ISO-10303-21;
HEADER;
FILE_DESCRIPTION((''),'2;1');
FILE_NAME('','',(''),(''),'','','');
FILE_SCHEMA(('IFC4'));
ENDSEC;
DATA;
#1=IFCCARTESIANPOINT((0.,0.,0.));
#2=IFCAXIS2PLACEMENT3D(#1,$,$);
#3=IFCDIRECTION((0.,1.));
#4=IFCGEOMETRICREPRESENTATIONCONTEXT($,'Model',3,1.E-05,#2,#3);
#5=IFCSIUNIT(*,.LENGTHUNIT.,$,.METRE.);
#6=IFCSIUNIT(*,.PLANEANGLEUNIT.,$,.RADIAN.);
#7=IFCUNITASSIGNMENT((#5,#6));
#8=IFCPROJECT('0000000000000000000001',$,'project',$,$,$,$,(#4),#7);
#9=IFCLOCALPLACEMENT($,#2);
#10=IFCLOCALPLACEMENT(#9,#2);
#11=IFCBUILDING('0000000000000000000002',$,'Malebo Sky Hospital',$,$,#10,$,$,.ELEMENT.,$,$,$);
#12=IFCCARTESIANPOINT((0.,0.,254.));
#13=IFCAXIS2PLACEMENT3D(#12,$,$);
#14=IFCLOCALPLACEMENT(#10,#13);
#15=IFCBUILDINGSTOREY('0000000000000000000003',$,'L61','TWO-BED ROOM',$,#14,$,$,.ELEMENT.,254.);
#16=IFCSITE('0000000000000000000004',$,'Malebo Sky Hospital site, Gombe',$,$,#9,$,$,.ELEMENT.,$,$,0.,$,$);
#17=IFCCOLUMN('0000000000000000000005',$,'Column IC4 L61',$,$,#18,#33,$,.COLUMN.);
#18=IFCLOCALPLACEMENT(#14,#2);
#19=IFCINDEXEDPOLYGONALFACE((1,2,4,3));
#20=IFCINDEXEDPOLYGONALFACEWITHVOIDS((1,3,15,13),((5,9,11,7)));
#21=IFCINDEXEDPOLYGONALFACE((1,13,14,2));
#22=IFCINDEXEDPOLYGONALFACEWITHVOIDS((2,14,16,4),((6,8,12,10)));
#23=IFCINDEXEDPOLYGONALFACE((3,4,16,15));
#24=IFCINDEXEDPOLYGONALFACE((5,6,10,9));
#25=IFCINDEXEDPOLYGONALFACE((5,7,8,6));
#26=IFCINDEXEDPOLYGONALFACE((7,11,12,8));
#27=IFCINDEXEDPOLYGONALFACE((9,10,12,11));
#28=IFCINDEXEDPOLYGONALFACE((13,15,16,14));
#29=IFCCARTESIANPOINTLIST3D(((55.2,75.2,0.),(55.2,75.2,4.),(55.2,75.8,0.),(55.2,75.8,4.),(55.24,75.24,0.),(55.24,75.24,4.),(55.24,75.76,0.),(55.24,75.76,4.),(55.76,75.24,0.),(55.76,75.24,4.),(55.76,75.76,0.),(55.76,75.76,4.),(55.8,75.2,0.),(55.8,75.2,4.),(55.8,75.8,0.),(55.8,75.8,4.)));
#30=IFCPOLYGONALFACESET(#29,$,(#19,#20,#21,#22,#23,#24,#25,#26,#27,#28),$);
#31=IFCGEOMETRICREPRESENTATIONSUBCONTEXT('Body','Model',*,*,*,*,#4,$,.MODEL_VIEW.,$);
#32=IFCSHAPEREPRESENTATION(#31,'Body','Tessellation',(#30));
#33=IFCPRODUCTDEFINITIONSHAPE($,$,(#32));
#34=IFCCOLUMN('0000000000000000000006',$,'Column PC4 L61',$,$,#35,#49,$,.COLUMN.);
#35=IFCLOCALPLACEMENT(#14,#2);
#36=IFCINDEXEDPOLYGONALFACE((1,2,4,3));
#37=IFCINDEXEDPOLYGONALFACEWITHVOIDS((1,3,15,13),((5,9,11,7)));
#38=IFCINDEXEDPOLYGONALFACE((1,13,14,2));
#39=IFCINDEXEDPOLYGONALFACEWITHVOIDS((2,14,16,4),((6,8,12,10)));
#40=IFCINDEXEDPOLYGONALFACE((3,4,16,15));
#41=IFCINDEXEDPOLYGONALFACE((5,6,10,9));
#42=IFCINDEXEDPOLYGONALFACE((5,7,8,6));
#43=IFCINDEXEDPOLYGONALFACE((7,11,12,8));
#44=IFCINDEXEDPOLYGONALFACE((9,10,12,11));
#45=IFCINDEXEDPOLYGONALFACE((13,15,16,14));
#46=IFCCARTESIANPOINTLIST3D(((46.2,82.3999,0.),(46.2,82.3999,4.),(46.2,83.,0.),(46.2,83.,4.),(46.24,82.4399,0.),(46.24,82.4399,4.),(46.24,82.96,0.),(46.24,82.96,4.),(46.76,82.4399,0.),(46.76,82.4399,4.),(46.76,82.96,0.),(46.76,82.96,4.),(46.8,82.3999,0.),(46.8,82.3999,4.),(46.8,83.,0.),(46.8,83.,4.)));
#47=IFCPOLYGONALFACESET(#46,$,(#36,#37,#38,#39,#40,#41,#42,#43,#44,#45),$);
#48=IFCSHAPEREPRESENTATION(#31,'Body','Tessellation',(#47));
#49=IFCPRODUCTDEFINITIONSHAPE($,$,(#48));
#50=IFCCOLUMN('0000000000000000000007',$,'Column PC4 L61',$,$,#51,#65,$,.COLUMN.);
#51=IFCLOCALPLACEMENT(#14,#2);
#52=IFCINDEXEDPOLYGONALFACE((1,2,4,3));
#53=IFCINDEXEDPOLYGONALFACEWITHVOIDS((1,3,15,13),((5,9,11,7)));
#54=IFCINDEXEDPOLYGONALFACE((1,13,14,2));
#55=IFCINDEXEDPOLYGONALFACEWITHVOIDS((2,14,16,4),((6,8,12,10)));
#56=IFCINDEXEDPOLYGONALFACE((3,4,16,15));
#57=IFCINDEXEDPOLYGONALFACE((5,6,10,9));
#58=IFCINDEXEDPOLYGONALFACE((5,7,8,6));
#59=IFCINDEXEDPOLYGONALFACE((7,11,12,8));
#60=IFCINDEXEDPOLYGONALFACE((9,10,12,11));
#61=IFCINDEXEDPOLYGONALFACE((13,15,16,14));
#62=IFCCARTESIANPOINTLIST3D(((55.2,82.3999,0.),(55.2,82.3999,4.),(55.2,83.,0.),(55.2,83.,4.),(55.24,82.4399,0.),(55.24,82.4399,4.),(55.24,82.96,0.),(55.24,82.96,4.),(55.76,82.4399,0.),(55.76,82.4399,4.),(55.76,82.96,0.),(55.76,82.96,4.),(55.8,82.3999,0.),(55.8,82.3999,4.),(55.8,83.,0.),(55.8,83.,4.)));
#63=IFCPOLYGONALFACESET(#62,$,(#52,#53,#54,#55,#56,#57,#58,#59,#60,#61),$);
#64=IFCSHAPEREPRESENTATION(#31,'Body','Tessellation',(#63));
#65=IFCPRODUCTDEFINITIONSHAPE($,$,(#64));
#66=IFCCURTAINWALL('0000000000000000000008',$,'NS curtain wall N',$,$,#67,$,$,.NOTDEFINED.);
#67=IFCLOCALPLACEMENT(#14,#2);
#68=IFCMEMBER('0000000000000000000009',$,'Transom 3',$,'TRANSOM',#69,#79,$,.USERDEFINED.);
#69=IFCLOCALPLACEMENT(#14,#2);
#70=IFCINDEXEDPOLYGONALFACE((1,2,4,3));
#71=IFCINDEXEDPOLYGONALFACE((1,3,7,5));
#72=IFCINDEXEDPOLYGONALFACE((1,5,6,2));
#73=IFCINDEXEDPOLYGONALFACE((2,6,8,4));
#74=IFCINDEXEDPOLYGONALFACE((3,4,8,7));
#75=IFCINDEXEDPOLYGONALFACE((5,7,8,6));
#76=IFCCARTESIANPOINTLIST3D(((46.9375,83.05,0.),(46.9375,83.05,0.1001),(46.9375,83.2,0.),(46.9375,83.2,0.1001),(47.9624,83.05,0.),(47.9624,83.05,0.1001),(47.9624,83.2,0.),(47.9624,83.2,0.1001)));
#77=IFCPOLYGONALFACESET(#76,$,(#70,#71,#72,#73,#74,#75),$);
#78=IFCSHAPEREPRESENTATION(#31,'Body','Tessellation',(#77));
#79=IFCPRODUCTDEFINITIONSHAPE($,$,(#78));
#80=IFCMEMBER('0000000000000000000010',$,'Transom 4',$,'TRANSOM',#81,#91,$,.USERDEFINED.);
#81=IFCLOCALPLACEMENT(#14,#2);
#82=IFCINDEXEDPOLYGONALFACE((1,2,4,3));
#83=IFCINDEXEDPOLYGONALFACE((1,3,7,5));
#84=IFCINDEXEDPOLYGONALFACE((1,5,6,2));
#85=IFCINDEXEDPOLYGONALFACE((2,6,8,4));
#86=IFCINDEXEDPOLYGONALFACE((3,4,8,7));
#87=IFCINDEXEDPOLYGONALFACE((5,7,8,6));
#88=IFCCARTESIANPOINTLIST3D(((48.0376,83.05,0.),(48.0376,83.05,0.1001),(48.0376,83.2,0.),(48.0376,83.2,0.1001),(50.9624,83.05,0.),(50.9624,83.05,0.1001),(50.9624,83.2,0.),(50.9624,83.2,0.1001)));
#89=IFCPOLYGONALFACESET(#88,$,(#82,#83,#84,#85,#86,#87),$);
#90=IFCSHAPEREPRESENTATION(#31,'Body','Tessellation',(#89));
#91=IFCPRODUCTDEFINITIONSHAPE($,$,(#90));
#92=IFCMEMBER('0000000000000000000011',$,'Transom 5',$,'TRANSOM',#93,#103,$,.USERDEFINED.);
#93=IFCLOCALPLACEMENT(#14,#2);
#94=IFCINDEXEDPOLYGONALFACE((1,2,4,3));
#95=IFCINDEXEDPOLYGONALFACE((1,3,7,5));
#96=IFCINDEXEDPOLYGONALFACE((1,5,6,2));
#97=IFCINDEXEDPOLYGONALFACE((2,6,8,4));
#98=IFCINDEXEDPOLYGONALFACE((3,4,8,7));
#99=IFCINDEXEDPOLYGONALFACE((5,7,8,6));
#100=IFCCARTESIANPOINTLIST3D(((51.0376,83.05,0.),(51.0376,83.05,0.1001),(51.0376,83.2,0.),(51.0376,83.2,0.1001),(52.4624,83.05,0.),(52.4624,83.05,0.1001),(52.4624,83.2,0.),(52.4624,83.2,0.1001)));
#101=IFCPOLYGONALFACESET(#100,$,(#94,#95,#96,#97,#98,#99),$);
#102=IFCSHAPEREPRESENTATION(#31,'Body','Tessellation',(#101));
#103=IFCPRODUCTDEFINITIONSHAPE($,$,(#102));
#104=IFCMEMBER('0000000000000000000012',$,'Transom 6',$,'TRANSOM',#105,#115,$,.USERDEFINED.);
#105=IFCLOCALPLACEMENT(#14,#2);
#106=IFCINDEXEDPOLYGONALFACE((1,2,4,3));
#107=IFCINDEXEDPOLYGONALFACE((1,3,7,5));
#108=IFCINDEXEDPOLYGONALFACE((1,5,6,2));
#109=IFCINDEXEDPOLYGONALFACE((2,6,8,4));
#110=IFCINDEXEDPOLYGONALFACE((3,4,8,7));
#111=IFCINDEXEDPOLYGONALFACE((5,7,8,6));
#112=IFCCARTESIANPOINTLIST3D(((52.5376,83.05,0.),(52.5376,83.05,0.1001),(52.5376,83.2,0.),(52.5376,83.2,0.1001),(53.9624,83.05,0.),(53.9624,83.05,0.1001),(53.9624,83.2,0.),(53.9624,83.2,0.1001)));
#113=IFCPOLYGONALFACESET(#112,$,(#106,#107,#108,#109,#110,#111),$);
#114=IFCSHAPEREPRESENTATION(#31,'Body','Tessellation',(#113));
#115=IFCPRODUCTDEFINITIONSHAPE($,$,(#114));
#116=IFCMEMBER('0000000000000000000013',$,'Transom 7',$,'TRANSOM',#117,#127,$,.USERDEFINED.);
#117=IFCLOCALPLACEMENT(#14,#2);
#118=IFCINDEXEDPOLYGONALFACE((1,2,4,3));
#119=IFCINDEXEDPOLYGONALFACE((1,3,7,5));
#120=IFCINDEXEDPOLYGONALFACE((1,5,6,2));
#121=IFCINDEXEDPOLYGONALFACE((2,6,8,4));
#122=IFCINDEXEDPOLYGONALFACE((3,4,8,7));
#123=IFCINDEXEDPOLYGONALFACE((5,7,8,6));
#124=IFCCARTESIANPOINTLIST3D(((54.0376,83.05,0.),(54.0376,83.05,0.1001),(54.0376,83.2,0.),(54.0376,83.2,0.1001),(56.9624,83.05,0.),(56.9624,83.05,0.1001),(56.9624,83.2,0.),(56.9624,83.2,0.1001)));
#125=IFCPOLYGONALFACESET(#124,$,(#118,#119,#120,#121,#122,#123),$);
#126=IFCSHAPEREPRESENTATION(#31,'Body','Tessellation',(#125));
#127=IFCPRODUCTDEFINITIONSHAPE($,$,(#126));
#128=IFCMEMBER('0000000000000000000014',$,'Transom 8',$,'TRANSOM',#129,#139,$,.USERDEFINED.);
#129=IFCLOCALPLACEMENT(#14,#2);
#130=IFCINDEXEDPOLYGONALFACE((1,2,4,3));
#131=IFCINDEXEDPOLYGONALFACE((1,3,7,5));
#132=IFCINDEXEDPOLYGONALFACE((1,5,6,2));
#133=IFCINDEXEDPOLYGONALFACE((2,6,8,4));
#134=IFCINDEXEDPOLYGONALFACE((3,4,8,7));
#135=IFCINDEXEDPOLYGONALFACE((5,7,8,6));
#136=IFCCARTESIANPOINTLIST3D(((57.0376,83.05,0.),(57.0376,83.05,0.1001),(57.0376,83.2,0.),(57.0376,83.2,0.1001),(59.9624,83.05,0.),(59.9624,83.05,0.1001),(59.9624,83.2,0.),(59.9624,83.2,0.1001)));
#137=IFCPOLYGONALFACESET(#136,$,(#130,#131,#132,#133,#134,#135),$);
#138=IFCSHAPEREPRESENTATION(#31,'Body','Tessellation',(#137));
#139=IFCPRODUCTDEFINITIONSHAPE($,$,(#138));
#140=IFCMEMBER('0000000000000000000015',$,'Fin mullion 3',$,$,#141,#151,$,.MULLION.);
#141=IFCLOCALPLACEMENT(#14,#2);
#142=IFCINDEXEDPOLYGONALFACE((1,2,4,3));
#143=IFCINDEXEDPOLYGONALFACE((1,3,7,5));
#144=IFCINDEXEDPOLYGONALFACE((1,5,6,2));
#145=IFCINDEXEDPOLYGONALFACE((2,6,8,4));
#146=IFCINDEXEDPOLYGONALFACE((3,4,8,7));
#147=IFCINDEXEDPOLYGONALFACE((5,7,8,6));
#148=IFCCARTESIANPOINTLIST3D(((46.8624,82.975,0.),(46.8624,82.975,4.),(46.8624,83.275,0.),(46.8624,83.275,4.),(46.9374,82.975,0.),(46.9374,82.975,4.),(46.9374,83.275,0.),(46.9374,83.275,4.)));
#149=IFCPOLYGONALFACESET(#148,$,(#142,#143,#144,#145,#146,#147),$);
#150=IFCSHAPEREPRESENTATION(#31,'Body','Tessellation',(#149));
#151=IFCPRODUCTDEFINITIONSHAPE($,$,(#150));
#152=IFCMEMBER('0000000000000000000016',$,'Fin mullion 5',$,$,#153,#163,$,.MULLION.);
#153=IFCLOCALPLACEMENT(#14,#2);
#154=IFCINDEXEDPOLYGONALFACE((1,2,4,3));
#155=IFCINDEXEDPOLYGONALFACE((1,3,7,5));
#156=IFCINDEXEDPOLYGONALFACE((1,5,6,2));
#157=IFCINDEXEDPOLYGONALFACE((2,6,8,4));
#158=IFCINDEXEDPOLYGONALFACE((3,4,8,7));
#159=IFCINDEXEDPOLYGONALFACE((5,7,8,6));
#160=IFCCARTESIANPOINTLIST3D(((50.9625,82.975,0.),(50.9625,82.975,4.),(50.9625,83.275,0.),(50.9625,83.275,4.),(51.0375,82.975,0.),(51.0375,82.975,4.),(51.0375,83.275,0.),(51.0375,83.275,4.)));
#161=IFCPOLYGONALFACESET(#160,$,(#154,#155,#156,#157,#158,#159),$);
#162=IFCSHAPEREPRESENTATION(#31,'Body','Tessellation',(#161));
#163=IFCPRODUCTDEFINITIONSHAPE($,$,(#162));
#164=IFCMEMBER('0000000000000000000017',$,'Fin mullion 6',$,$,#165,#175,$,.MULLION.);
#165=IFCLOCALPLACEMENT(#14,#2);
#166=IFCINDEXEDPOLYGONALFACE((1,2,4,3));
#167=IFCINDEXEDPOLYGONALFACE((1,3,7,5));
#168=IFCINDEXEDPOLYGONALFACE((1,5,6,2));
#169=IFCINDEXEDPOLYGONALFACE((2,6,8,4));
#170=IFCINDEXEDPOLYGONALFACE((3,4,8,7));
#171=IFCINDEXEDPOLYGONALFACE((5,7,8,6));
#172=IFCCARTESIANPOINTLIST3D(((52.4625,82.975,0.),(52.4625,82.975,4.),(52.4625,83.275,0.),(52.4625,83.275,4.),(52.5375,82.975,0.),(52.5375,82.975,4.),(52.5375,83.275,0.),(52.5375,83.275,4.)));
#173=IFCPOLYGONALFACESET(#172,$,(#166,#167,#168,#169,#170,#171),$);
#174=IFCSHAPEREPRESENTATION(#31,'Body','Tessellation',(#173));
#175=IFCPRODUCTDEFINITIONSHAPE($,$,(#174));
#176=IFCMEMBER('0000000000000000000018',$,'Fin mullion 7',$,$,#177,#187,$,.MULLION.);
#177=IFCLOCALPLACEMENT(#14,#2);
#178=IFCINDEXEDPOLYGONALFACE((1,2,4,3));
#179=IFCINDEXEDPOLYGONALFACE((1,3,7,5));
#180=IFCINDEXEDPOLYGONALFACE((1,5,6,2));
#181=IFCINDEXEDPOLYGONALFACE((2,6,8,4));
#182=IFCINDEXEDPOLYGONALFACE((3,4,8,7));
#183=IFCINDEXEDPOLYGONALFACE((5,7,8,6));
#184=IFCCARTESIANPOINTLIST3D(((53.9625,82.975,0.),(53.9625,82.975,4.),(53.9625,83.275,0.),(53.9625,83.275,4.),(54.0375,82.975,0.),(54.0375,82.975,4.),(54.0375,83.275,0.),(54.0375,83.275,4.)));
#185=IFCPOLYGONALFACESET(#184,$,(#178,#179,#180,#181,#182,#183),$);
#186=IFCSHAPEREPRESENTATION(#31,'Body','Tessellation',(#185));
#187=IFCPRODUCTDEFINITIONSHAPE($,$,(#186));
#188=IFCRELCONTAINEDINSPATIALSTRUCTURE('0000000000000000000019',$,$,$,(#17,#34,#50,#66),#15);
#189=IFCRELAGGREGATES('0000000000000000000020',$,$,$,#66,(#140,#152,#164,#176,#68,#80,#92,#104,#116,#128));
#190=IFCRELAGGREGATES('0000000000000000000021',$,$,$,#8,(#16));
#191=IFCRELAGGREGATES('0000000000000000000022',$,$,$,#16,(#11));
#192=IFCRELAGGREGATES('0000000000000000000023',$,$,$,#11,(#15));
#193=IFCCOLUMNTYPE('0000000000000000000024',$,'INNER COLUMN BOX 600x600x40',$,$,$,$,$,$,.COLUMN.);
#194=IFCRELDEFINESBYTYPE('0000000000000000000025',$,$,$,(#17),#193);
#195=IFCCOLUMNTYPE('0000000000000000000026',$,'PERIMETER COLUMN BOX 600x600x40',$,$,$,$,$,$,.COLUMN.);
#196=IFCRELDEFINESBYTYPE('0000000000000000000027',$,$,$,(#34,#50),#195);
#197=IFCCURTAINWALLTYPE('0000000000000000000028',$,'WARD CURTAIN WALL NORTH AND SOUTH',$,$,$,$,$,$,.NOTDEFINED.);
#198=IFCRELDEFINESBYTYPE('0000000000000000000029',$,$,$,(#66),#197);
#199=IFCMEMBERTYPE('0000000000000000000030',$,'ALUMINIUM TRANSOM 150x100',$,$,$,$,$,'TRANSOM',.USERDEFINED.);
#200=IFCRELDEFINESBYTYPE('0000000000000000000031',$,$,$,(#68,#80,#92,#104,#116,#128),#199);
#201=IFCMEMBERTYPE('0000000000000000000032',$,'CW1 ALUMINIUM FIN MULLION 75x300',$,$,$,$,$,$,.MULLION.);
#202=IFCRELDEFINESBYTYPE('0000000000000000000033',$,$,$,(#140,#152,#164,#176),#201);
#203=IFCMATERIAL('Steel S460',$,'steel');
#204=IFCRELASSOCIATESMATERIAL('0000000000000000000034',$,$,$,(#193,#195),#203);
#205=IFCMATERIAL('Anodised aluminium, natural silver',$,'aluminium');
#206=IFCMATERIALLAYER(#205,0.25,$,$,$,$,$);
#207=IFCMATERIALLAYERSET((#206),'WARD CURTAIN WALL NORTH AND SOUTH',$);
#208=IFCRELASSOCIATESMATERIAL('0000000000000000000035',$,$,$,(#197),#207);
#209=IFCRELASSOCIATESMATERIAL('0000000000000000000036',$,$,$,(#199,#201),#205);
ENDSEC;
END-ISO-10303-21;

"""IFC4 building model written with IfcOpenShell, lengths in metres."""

from ifc_helpers import new_model, si_unit, direction, frame, origin, origin_2d, place, context, subcontext, project, spatial, rectangle, hollow_rectangle, extrude, material, layer, layer_set, material_profile, profile_set, type_object, element, aggregate, save


model = new_model("IFC4")

# Units and contexts
model_context = context("Model", 3, precision=1e-05, world=origin(), true_north=direction((0.0, 1.0)))
body_context = subcontext(model_context, "Body", "Model", "MODEL_VIEW")
ifc_project = project(units=[si_unit("LENGTHUNIT", "METRE"), si_unit("PLANEANGLEUNIT", "RADIAN")], contexts=[model_context])

# Site, building, storey
site_placement = place(None, origin())
site = spatial("IfcSite", under=ifc_project, at=site_placement, Name="Malebo Sky Hospital site, Gombe", CompositionType="ELEMENT", RefElevation=0.0)
building_placement = place(site_placement, origin())
building = spatial("IfcBuilding", under=site, at=building_placement, Name="Malebo Sky Hospital", CompositionType="ELEMENT")
storey_placement = place(building_placement, frame((0.0, 0.0, 254.0)))
storey = spatial("IfcBuildingStorey", under=building, at=storey_placement, Name="L61", Description="TWO-BED ROOM", CompositionType="ELEMENT", Elevation=254.0)

# Columns
ifc_material_1 = material(Name="Steel S460", Category="steel")
ifc_material_profile_1 = material_profile(ifc_material_1, hollow_rectangle(XDim=0.6001, YDim=0.6001, WallThickness=0.04, at=origin_2d()), Name="BOX 600x600x40")
ifc_profile_set_1 = profile_set([ifc_material_profile_1], Name="Steel S460")
column_type_1 = type_object("IfcColumnType", Name="INNER COLUMN BOX 600x600x40", PredefinedType="COLUMN", material=ifc_profile_set_1)
column_placement = place(storey_placement, frame((55.5, 75.5, 0.0), z_axis=(0.0, 0.0, 1.0), x_axis=(1.0, 0.0, 0.0)))
element("IfcColumn", 1, at=column_placement, inside=storey, type_object=column_type_1, Name="Column IC4 L61", PredefinedType="COLUMN", context=body_context, shape_type="SweptSolid", body=[
    extrude(hollow_rectangle(XDim=0.6001, YDim=0.6001, WallThickness=0.04, at=origin_2d()), origin(), (0.0, 0.0, 1.0), 4.0),
])
ifc_material_profile_2 = material_profile(ifc_material_1, hollow_rectangle(XDim=0.6001, YDim=0.6001, WallThickness=0.04, at=origin_2d()), Name="BOX 600x600x40")
ifc_profile_set_2 = profile_set([ifc_material_profile_2], Name="Steel S460")
column_type_2 = type_object("IfcColumnType", Name="PERIMETER COLUMN BOX 600x600x40", PredefinedType="COLUMN", material=ifc_profile_set_2)
for number, where, z_axis, x_axis, name in (
    (2, (46.5, 82.7, 0.0), (0.0, 0.0, 1.0), (1.0, 0.0, 0.0), "Column PC4 L61"),
    (3, (55.5, 82.7, 0.0), (0.0, 0.0, 1.0), (1.0, 0.0, 0.0), "Column PC4 L61"),
):
    element("IfcColumn", number, at=place(storey_placement, frame(where, z_axis=z_axis, x_axis=x_axis)), inside=storey, type_object=column_type_2, Name=name, PredefinedType="COLUMN", context=body_context, shape_type="SweptSolid", body=[
        extrude(hollow_rectangle(XDim=0.6001, YDim=0.6001, WallThickness=0.04, at=origin_2d()), origin(), (0.0, 0.0, 1.0), 4.0),
    ])

# Curtain wall, members
ifc_material_2 = material(Name="Anodised aluminium, natural silver", Category="aluminium")
ifc_layer_1 = layer(ifc_material_2, 0.25)
ifc_layer_set_1 = layer_set([ifc_layer_1], Name="WARD CURTAIN WALL NORTH AND SOUTH")
curtain_wall_type = type_object("IfcCurtainWallType", Name="WARD CURTAIN WALL NORTH AND SOUTH", PredefinedType="NOTDEFINED", material=ifc_layer_set_1)
curtain_wall_placement = place(storey_placement, origin())
curtain_wall = element("IfcCurtainWall", 4, at=curtain_wall_placement, inside=storey, type_object=curtain_wall_type, Name="NS curtain wall N", PredefinedType="NOTDEFINED")
ifc_material_profile_3 = material_profile(ifc_material_2, rectangle(XDim=0.1499, YDim=0.1001, at=origin_2d()), Name="ALUMINIUM TRANSOM 150x100")
ifc_profile_set_3 = profile_set([ifc_material_profile_3], Name="Anodised aluminium, natural silver")
member_type_1 = type_object("IfcMemberType", Name="ALUMINIUM TRANSOM 150x100", ElementType="TRANSOM", PredefinedType="USERDEFINED", material=ifc_profile_set_3)
member_1_placement = place(storey_placement, frame((46.9375, 83.125, 0.05), z_axis=(1.0, 0.0, 0.0), x_axis=(0.0, 1.0, 0.0)))
member_1 = element("IfcMember", 5, at=member_1_placement, type_object=member_type_1, Name="Transom 3", ObjectType="TRANSOM", PredefinedType="USERDEFINED", context=body_context, shape_type="SweptSolid", body=[
    extrude(rectangle(XDim=0.1499, YDim=0.1001, at=origin_2d()), origin(), (0.0, 0.0, 1.0), 1.0249),
])
member_2_placement = place(storey_placement, frame((48.0376, 83.125, 0.05), z_axis=(1.0, 0.0, 0.0), x_axis=(0.0, 1.0, 0.0)))
member_2 = element("IfcMember", 6, at=member_2_placement, type_object=member_type_1, Name="Transom 4", ObjectType="TRANSOM", PredefinedType="USERDEFINED", context=body_context, shape_type="SweptSolid", body=[
    extrude(rectangle(XDim=0.1499, YDim=0.1001, at=origin_2d()), origin(), (0.0, 0.0, 1.0), 2.9248),
])
member_3_placement = place(storey_placement, frame((51.0376, 83.125, 0.05), z_axis=(1.0, 0.0, 0.0), x_axis=(0.0, 1.0, 0.0)))
member_3 = element("IfcMember", 7, at=member_3_placement, type_object=member_type_1, Name="Transom 5", ObjectType="TRANSOM", PredefinedType="USERDEFINED", context=body_context, shape_type="SweptSolid", body=[
    extrude(rectangle(XDim=0.1499, YDim=0.1001, at=origin_2d()), origin(), (0.0, 0.0, 1.0), 1.4248),
])
member_4_placement = place(storey_placement, frame((52.5376, 83.125, 0.05), z_axis=(1.0, 0.0, 0.0), x_axis=(0.0, 1.0, 0.0)))
member_4 = element("IfcMember", 8, at=member_4_placement, type_object=member_type_1, Name="Transom 6", ObjectType="TRANSOM", PredefinedType="USERDEFINED", context=body_context, shape_type="SweptSolid", body=[
    extrude(rectangle(XDim=0.1499, YDim=0.1001, at=origin_2d()), origin(), (0.0, 0.0, 1.0), 1.4248),
])
member_5_placement = place(storey_placement, frame((54.0376, 83.125, 0.05), z_axis=(1.0, 0.0, 0.0), x_axis=(0.0, 1.0, 0.0)))
member_5 = element("IfcMember", 9, at=member_5_placement, type_object=member_type_1, Name="Transom 7", ObjectType="TRANSOM", PredefinedType="USERDEFINED", context=body_context, shape_type="SweptSolid", body=[
    extrude(rectangle(XDim=0.1499, YDim=0.1001, at=origin_2d()), origin(), (0.0, 0.0, 1.0), 2.9248),
])
member_6_placement = place(storey_placement, frame((57.0376, 83.125, 0.05), z_axis=(1.0, 0.0, 0.0), x_axis=(0.0, 1.0, 0.0)))
member_6 = element("IfcMember", 10, at=member_6_placement, type_object=member_type_1, Name="Transom 8", ObjectType="TRANSOM", PredefinedType="USERDEFINED", context=body_context, shape_type="SweptSolid", body=[
    extrude(rectangle(XDim=0.1499, YDim=0.1001, at=origin_2d()), origin(), (0.0, 0.0, 1.0), 2.9248),
])
ifc_material_profile_4 = material_profile(ifc_material_2, rectangle(XDim=0.075, YDim=0.3, at=origin_2d()), Name="CW1 ALUMINIUM FIN MULLION 75x300")
ifc_profile_set_4 = profile_set([ifc_material_profile_4], Name="Anodised aluminium, natural silver")
member_type_2 = type_object("IfcMemberType", Name="CW1 ALUMINIUM FIN MULLION 75x300", PredefinedType="MULLION", material=ifc_profile_set_4)
member_7_placement = place(storey_placement, frame((46.8999, 83.125, 0.0), z_axis=(0.0, 0.0, 1.0), x_axis=(1.0, 0.0, 0.0)))
member_7 = element("IfcMember", 11, at=member_7_placement, type_object=member_type_2, Name="Fin mullion 3", PredefinedType="MULLION", context=body_context, shape_type="SweptSolid", body=[
    extrude(rectangle(XDim=0.075, YDim=0.3, at=origin_2d()), origin(), (0.0, 0.0, 1.0), 4.0),
])
member_8_placement = place(storey_placement, frame((51.0, 83.125, 0.0), z_axis=(0.0, 0.0, 1.0), x_axis=(1.0, 0.0, 0.0)))
member_8 = element("IfcMember", 12, at=member_8_placement, type_object=member_type_2, Name="Fin mullion 5", PredefinedType="MULLION", context=body_context, shape_type="SweptSolid", body=[
    extrude(rectangle(XDim=0.075, YDim=0.3, at=origin_2d()), origin(), (0.0, 0.0, 1.0), 4.0),
])
member_9_placement = place(storey_placement, frame((52.5, 83.125, 0.0), z_axis=(0.0, 0.0, 1.0), x_axis=(1.0, 0.0, 0.0)))
member_9 = element("IfcMember", 13, at=member_9_placement, type_object=member_type_2, Name="Fin mullion 6", PredefinedType="MULLION", context=body_context, shape_type="SweptSolid", body=[
    extrude(rectangle(XDim=0.075, YDim=0.3, at=origin_2d()), origin(), (0.0, 0.0, 1.0), 4.0),
])
member_10_placement = place(storey_placement, frame((54.0, 83.125, 0.0), z_axis=(0.0, 0.0, 1.0), x_axis=(1.0, 0.0, 0.0)))
member_10 = element("IfcMember", 14, at=member_10_placement, type_object=member_type_2, Name="Fin mullion 7", PredefinedType="MULLION", context=body_context, shape_type="SweptSolid", body=[
    extrude(rectangle(XDim=0.075, YDim=0.3, at=origin_2d()), origin(), (0.0, 0.0, 1.0), 4.0),
])

aggregate(curtain_wall, [member_7, member_8, member_9, member_10, member_1, member_2, member_3, member_4, member_5, member_6])

save(model, "model.ifc")
